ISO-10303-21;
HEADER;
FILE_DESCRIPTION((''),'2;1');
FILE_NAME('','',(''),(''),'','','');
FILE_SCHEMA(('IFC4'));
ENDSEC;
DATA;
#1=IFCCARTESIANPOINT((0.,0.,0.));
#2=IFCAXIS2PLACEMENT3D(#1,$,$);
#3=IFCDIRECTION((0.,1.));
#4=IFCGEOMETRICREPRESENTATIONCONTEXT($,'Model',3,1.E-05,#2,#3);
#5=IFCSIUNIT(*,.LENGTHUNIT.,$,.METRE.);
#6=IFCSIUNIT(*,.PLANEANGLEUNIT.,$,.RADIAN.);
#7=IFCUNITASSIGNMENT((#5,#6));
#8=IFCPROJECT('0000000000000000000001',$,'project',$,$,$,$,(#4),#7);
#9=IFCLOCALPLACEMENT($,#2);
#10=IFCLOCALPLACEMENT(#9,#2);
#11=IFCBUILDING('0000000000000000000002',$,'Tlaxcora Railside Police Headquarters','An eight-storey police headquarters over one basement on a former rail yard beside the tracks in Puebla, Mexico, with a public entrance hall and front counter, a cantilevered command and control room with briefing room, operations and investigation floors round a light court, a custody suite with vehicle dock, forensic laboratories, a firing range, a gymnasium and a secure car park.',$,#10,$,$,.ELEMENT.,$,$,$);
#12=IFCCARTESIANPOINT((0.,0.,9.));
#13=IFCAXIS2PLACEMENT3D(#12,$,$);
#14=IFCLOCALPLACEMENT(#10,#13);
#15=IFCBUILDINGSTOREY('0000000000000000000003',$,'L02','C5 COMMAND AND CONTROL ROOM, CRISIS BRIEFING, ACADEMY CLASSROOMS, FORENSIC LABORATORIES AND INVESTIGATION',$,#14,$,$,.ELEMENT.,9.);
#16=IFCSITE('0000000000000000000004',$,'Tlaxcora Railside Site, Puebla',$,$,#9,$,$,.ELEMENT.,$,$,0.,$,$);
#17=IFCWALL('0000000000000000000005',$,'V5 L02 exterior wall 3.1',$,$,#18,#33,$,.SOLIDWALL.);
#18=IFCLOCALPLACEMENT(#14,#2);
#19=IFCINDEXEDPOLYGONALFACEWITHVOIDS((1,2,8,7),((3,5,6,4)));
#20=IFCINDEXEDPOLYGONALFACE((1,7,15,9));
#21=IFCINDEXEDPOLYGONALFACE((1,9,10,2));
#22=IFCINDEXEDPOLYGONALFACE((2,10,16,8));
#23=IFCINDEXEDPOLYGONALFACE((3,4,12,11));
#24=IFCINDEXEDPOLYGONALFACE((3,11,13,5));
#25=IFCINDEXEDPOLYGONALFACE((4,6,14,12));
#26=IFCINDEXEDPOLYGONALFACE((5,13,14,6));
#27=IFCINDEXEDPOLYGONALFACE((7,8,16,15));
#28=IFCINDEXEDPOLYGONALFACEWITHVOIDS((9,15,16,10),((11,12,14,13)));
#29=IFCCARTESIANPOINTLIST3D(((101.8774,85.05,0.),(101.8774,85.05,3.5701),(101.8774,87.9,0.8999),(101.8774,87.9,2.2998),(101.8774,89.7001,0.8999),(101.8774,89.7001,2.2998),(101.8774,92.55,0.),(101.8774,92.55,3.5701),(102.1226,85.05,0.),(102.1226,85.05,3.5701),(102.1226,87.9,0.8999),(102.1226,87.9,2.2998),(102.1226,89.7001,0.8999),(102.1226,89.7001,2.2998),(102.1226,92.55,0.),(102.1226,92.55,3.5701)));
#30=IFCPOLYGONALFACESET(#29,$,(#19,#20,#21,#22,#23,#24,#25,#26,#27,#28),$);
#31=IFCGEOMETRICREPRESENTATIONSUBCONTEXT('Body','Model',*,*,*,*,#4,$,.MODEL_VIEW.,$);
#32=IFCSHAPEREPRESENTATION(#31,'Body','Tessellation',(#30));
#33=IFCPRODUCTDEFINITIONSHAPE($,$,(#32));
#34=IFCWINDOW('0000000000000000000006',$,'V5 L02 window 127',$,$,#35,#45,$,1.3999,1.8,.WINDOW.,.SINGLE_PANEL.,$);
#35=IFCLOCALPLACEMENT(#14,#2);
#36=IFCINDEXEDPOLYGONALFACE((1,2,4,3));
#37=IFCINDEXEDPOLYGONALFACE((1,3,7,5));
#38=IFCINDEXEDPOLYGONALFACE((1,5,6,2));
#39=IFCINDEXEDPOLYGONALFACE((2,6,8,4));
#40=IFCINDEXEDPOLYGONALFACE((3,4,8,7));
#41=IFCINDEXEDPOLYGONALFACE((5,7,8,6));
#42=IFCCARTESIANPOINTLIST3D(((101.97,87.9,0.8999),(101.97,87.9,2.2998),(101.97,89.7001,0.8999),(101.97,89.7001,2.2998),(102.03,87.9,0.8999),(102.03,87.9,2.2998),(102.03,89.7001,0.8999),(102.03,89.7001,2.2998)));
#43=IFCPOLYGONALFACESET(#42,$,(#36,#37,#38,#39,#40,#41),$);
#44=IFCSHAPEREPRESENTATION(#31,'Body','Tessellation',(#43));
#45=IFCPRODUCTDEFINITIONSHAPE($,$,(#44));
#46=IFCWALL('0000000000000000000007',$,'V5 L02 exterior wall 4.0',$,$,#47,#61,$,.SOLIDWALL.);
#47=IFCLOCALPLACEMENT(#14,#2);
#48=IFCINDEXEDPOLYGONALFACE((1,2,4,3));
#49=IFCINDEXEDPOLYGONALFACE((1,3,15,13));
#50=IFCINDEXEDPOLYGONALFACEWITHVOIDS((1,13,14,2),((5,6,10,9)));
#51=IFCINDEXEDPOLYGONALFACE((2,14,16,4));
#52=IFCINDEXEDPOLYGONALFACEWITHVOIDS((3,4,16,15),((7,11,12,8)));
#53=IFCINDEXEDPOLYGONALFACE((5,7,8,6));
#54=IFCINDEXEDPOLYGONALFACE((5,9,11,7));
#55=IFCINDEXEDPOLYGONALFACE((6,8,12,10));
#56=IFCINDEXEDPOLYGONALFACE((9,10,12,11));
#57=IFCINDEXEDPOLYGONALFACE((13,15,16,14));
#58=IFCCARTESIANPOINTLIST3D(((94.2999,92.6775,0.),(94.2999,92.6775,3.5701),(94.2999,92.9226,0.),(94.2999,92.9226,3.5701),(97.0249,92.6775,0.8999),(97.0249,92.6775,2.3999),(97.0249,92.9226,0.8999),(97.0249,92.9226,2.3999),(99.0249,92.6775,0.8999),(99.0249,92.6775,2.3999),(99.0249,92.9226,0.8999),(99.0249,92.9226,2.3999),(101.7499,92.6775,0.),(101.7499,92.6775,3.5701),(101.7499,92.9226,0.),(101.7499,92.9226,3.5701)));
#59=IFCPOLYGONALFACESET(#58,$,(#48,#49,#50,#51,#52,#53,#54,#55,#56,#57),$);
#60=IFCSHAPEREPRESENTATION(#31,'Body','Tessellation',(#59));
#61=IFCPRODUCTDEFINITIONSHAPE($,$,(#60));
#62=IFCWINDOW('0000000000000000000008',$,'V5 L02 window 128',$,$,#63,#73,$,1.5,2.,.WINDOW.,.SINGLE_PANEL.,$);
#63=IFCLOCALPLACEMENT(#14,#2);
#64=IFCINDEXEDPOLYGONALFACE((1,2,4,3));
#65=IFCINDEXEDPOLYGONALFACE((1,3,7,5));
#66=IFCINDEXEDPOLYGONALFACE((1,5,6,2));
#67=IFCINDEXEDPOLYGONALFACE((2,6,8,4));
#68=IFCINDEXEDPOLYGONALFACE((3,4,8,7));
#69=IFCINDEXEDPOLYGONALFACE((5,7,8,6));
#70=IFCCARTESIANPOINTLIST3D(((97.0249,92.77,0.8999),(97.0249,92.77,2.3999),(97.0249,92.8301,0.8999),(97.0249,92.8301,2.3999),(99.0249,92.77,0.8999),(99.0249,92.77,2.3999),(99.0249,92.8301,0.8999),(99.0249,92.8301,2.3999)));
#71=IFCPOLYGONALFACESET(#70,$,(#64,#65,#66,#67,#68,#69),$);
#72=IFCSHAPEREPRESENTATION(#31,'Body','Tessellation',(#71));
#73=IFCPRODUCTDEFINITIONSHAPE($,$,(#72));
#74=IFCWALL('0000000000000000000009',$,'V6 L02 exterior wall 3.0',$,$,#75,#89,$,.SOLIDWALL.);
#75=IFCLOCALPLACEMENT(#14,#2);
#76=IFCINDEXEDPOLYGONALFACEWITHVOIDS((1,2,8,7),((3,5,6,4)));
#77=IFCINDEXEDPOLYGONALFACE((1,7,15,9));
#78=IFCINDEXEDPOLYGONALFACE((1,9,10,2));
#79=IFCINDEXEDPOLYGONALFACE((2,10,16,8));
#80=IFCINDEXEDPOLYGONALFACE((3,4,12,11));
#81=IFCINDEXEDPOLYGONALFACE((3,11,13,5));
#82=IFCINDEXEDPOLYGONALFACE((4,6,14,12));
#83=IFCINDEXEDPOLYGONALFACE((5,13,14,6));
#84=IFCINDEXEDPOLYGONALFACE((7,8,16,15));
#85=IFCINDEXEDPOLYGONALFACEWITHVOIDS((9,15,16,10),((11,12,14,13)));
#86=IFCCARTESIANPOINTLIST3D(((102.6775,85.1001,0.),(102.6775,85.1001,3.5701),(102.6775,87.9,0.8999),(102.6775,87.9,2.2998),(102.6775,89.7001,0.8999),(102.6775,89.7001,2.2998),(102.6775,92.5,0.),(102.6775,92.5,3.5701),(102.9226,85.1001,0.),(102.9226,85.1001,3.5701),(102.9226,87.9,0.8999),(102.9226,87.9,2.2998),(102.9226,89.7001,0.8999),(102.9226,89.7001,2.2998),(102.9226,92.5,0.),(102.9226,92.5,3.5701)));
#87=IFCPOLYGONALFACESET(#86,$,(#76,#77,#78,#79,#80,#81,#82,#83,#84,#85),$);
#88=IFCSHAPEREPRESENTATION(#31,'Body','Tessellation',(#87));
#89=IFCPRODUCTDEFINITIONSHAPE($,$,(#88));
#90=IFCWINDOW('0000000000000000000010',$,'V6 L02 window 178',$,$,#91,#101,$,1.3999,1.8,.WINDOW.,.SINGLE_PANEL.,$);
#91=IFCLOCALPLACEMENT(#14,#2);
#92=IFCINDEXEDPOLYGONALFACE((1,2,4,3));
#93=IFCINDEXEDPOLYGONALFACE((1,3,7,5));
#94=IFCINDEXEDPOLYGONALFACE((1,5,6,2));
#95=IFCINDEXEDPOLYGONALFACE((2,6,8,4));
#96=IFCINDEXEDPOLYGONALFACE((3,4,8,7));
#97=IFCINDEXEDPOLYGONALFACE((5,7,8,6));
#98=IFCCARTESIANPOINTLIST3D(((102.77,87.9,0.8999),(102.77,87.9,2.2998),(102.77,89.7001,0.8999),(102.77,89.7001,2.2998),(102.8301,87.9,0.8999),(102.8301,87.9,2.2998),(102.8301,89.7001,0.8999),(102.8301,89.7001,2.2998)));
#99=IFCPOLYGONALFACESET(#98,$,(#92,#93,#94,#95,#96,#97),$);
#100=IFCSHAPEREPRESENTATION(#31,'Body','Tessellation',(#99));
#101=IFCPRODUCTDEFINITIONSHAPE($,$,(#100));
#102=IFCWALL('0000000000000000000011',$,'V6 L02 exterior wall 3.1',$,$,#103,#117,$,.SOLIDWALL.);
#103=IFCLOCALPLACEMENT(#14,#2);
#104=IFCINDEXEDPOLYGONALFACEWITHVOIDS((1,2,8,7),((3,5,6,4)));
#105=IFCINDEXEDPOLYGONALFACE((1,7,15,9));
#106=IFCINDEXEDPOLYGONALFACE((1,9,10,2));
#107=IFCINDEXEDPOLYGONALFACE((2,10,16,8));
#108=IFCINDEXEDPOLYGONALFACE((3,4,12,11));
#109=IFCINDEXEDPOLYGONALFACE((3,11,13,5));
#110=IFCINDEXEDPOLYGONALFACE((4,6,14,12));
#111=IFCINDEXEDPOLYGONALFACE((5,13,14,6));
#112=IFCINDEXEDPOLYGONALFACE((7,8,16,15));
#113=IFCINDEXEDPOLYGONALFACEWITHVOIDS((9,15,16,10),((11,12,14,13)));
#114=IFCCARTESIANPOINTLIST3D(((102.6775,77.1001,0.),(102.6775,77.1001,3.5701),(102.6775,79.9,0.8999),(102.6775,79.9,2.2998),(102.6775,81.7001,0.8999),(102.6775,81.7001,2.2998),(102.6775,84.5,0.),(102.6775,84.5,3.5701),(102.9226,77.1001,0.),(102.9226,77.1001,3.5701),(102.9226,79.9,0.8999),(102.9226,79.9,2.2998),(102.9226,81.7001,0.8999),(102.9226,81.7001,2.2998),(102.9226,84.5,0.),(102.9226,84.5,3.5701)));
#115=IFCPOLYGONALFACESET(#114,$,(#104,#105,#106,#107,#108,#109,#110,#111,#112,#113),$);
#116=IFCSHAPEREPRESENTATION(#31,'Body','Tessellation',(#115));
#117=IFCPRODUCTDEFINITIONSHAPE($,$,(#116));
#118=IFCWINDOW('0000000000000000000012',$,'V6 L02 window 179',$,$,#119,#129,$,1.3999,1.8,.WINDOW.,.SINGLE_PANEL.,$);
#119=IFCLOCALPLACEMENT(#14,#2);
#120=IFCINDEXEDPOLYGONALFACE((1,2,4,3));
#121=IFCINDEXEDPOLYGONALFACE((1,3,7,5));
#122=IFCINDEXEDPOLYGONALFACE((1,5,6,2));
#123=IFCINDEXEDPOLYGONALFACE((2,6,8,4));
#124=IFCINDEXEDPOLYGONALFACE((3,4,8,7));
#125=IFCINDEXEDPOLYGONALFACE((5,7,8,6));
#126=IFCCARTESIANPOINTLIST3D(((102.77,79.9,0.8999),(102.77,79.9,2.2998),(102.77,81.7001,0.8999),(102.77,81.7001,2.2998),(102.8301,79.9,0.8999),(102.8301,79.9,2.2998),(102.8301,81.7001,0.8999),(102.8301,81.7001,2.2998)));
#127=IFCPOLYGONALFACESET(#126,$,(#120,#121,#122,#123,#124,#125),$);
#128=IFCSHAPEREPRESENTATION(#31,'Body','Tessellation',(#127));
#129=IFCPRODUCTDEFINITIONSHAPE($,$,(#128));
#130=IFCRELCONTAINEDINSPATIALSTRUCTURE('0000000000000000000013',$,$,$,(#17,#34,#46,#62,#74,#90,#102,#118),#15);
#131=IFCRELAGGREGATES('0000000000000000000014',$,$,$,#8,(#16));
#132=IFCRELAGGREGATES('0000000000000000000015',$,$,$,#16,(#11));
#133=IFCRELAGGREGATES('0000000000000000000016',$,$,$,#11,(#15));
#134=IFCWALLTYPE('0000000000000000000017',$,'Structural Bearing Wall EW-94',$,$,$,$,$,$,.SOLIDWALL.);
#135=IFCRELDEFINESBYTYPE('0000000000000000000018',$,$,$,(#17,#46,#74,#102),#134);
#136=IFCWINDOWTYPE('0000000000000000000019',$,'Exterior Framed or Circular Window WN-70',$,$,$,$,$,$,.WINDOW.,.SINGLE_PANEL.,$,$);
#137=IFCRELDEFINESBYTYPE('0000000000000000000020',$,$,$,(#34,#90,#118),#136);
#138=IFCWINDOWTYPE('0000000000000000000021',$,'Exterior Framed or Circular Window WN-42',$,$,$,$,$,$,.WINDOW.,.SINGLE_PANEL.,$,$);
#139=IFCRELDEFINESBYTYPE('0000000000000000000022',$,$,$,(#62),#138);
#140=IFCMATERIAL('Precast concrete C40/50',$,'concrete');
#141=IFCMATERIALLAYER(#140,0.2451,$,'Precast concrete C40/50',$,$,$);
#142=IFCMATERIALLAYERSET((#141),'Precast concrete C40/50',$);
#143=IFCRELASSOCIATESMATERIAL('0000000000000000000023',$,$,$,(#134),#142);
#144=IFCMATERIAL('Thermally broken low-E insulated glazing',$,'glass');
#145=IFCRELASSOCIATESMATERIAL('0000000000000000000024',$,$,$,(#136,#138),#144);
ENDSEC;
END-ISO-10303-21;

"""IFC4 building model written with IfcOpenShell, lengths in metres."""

from ifc_helpers import new_model, si_unit, direction, frame, frame_2d, origin, place, context, subcontext, project, spatial, rectangle, extrude, material, layer, layer_set, type_object, element, fill, save


model = new_model("IFC4")

# Units and contexts
model_context = context("Model", 3, precision=1e-05, world=origin(), true_north=direction((0.0, 1.0)))
body_context = subcontext(model_context, "Body", "Model", "MODEL_VIEW")
ifc_project = project(units=[si_unit("LENGTHUNIT", "METRE"), si_unit("PLANEANGLEUNIT", "RADIAN")], contexts=[model_context])

# Site, building, storey
site_placement = place(None, origin())
site = spatial("IfcSite", under=ifc_project, at=site_placement, Name="Tlaxcora Railside Site, Puebla", CompositionType="ELEMENT", RefElevation=0.0)
building_placement = place(site_placement, origin())
building = spatial("IfcBuilding", under=site, at=building_placement, Name="Tlaxcora Railside Police Headquarters", Description="An eight-storey police headquarters over one basement on a former rail yard beside the tracks in Puebla, Mexico, with a public entrance hall and front counter, a cantilevered command and control room with briefing room, operations and investigation floors round a light court, a custody suite with vehicle dock, forensic laboratories, a firing range, a gymnasium and a secure car park.", CompositionType="ELEMENT")
storey_placement = place(building_placement, frame((0.0, 0.0, 9.0)))
storey = spatial("IfcBuildingStorey", under=building, at=storey_placement, Name="L02", Description="C5 COMMAND AND CONTROL ROOM, CRISIS BRIEFING, ACADEMY CLASSROOMS, FORENSIC LABORATORIES AND INVESTIGATION", CompositionType="ELEMENT", Elevation=9.0)

# Shared definitions
ifc_material_1 = material(Name="Thermally broken low-E insulated glazing", Category="glass")

# Shared definitions
ifc_material_2 = material(Name="Precast concrete C40/50", Category="concrete")
ifc_layer_1 = layer(ifc_material_2, 0.2451, Name="Precast concrete C40/50")
ifc_layer_set_1 = layer_set([ifc_layer_1], Name="Precast concrete C40/50")
wall_type_1 = type_object("IfcWallType", Name="Structural Bearing Wall EW-94", PredefinedType="SOLIDWALL", material=ifc_layer_set_1)

# Walls, openings, windows
wall_1_placement = place(storey_placement, frame((102.0, 85.05, 0.0), z_axis=(0.0, 0.0, 1.0), x_axis=(0.0, 1.0, 0.0)))
wall_1 = element("IfcWall", 1, at=wall_1_placement, inside=storey, type_object=wall_type_1, Name="V5 L02 exterior wall 3.1", PredefinedType="SOLIDWALL", context=body_context, shape_type="SweptSolid", body=[
    extrude(rectangle(XDim=7.5, YDim=0.2451, at=frame_2d((3.75, 0.0))), origin(), (0.0, 0.0, 1.0), 3.5701),
])
opening_1_placement = place(wall_1_placement, frame((2.8501, 0.0, 0.8999)))
opening_1 = element("IfcOpeningElement", 2, at=opening_1_placement, cuts=wall_1, PredefinedType="OPENING", context=body_context, shape_type="SweptSolid", body=[
    extrude(rectangle(XDim=1.8, YDim=1.3999, at=frame_2d((0.8999, 0.7))), frame((0.0, 0.1326, 0.0), z_axis=(0.0, -1.0, 0.0), x_axis=(1.0, 0.0, 0.0)), (0.0, 0.0, 1.0), 0.2651),
])
window_type_1 = type_object("IfcWindowType", Name="Exterior Framed or Circular Window WN-70", PartitioningType="SINGLE_PANEL", PredefinedType="WINDOW", material=ifc_material_1)
window_1_placement = place(opening_1_placement, origin())
window_1 = element("IfcWindow", 3, at=window_1_placement, inside=storey, type_object=window_type_1, Name="V5 L02 window 127", OverallHeight=1.3999, OverallWidth=1.8, PartitioningType="SINGLE_PANEL", PredefinedType="WINDOW", context=body_context, shape_type="SweptSolid", body=[
    extrude(rectangle(XDim=1.8, YDim=1.3999, at=frame_2d((0.8999, 0.7))), frame((0.0, 0.03, 0.0), z_axis=(0.0, -1.0, 0.0), x_axis=(1.0, 0.0, 0.0)), (0.0, 0.0, 1.0), 0.0601),
])
fill(opening_1, window_1)
wall_2_placement = place(storey_placement, frame((101.75, 92.8, 0.0), z_axis=(0.0, 0.0, 1.0), x_axis=(-1.0, 0.0, 0.0)))
wall_2 = element("IfcWall", 4, at=wall_2_placement, inside=storey, type_object=wall_type_1, Name="V5 L02 exterior wall 4.0", PredefinedType="SOLIDWALL", context=body_context, shape_type="SweptSolid", body=[
    extrude(rectangle(XDim=7.45, YDim=0.2451, at=frame_2d((3.7251, 0.0))), origin(), (0.0, 0.0, 1.0), 3.5701),
])
opening_2_placement = place(wall_2_placement, frame((2.7251, 0.0, 0.8999)))
opening_2 = element("IfcOpeningElement", 5, at=opening_2_placement, cuts=wall_2, PredefinedType="OPENING", context=body_context, shape_type="SweptSolid", body=[
    extrude(rectangle(XDim=2.0, YDim=1.5, at=frame_2d((1.0, 0.75))), frame((0.0, 0.1326, 0.0), z_axis=(0.0, -1.0, 0.0), x_axis=(1.0, 0.0, 0.0)), (0.0, 0.0, 1.0), 0.2651),
])
window_type_2 = type_object("IfcWindowType", Name="Exterior Framed or Circular Window WN-42", PartitioningType="SINGLE_PANEL", PredefinedType="WINDOW", material=ifc_material_1)
window_2_placement = place(opening_2_placement, origin())
window_2 = element("IfcWindow", 6, at=window_2_placement, inside=storey, type_object=window_type_2, Name="V5 L02 window 128", OverallHeight=1.5, OverallWidth=2.0, PartitioningType="SINGLE_PANEL", PredefinedType="WINDOW", context=body_context, shape_type="SweptSolid", body=[
    extrude(rectangle(XDim=2.0, YDim=1.5, at=frame_2d((1.0, 0.75))), frame((0.0, 0.03, 0.0), z_axis=(0.0, -1.0, 0.0), x_axis=(1.0, 0.0, 0.0)), (0.0, 0.0, 1.0), 0.0601),
])
fill(opening_2, window_2)
wall_3_placement = place(storey_placement, frame((102.8, 92.5, 0.0), z_axis=(0.0, 0.0, 1.0), x_axis=(0.0, -1.0, 0.0)))
wall_3 = element("IfcWall", 7, at=wall_3_placement, inside=storey, type_object=wall_type_1, Name="V6 L02 exterior wall 3.0", PredefinedType="SOLIDWALL", context=body_context, shape_type="SweptSolid", body=[
    extrude(rectangle(XDim=7.3999, YDim=0.2451, at=frame_2d((3.7, 0.0))), origin(), (0.0, 0.0, 1.0), 3.5701),
])
opening_3_placement = place(wall_3_placement, frame((2.8, 0.0, 0.8999)))
opening_3 = element("IfcOpeningElement", 8, at=opening_3_placement, cuts=wall_3, PredefinedType="OPENING", context=body_context, shape_type="SweptSolid", body=[
    extrude(rectangle(XDim=1.8, YDim=1.3999, at=frame_2d((0.8999, 0.7))), frame((0.0, 0.1326, 0.0), z_axis=(0.0, -1.0, 0.0), x_axis=(1.0, 0.0, 0.0)), (0.0, 0.0, 1.0), 0.2651),
])
window_3_placement = place(opening_3_placement, origin())
window_3 = element("IfcWindow", 9, at=window_3_placement, inside=storey, type_object=window_type_1, Name="V6 L02 window 178", OverallHeight=1.3999, OverallWidth=1.8, PartitioningType="SINGLE_PANEL", PredefinedType="WINDOW", context=body_context, shape_type="SweptSolid", body=[
    extrude(rectangle(XDim=1.8, YDim=1.3999, at=frame_2d((0.8999, 0.7))), frame((0.0, 0.03, 0.0), z_axis=(0.0, -1.0, 0.0), x_axis=(1.0, 0.0, 0.0)), (0.0, 0.0, 1.0), 0.0601),
])
fill(opening_3, window_3)
wall_4_placement = place(storey_placement, frame((102.8, 84.5, 0.0), z_axis=(0.0, 0.0, 1.0), x_axis=(0.0, -1.0, 0.0)))
wall_4 = element("IfcWall", 10, at=wall_4_placement, inside=storey, type_object=wall_type_1, Name="V6 L02 exterior wall 3.1", PredefinedType="SOLIDWALL", context=body_context, shape_type="SweptSolid", body=[
    extrude(rectangle(XDim=7.3999, YDim=0.2451, at=frame_2d((3.7, 0.0))), origin(), (0.0, 0.0, 1.0), 3.5701),
])
opening_4_placement = place(wall_4_placement, frame((2.8, 0.0, 0.8999)))
opening_4 = element("IfcOpeningElement", 11, at=opening_4_placement, cuts=wall_4, PredefinedType="OPENING", context=body_context, shape_type="SweptSolid", body=[
    extrude(rectangle(XDim=1.8, YDim=1.3999, at=frame_2d((0.8999, 0.7))), frame((0.0, 0.1326, 0.0), z_axis=(0.0, -1.0, 0.0), x_axis=(1.0, 0.0, 0.0)), (0.0, 0.0, 1.0), 0.2651),
])
window_4_placement = place(opening_4_placement, origin())
window_4 = element("IfcWindow", 12, at=window_4_placement, inside=storey, type_object=window_type_1, Name="V6 L02 window 179", OverallHeight=1.3999, OverallWidth=1.8, PartitioningType="SINGLE_PANEL", PredefinedType="WINDOW", context=body_context, shape_type="SweptSolid", body=[
    extrude(rectangle(XDim=1.8, YDim=1.3999, at=frame_2d((0.8999, 0.7))), frame((0.0, 0.03, 0.0), z_axis=(0.0, -1.0, 0.0), x_axis=(1.0, 0.0, 0.0)), (0.0, 0.0, 1.0), 0.0601),
])
fill(opening_4, window_4)

save(model, "model.ifc")
